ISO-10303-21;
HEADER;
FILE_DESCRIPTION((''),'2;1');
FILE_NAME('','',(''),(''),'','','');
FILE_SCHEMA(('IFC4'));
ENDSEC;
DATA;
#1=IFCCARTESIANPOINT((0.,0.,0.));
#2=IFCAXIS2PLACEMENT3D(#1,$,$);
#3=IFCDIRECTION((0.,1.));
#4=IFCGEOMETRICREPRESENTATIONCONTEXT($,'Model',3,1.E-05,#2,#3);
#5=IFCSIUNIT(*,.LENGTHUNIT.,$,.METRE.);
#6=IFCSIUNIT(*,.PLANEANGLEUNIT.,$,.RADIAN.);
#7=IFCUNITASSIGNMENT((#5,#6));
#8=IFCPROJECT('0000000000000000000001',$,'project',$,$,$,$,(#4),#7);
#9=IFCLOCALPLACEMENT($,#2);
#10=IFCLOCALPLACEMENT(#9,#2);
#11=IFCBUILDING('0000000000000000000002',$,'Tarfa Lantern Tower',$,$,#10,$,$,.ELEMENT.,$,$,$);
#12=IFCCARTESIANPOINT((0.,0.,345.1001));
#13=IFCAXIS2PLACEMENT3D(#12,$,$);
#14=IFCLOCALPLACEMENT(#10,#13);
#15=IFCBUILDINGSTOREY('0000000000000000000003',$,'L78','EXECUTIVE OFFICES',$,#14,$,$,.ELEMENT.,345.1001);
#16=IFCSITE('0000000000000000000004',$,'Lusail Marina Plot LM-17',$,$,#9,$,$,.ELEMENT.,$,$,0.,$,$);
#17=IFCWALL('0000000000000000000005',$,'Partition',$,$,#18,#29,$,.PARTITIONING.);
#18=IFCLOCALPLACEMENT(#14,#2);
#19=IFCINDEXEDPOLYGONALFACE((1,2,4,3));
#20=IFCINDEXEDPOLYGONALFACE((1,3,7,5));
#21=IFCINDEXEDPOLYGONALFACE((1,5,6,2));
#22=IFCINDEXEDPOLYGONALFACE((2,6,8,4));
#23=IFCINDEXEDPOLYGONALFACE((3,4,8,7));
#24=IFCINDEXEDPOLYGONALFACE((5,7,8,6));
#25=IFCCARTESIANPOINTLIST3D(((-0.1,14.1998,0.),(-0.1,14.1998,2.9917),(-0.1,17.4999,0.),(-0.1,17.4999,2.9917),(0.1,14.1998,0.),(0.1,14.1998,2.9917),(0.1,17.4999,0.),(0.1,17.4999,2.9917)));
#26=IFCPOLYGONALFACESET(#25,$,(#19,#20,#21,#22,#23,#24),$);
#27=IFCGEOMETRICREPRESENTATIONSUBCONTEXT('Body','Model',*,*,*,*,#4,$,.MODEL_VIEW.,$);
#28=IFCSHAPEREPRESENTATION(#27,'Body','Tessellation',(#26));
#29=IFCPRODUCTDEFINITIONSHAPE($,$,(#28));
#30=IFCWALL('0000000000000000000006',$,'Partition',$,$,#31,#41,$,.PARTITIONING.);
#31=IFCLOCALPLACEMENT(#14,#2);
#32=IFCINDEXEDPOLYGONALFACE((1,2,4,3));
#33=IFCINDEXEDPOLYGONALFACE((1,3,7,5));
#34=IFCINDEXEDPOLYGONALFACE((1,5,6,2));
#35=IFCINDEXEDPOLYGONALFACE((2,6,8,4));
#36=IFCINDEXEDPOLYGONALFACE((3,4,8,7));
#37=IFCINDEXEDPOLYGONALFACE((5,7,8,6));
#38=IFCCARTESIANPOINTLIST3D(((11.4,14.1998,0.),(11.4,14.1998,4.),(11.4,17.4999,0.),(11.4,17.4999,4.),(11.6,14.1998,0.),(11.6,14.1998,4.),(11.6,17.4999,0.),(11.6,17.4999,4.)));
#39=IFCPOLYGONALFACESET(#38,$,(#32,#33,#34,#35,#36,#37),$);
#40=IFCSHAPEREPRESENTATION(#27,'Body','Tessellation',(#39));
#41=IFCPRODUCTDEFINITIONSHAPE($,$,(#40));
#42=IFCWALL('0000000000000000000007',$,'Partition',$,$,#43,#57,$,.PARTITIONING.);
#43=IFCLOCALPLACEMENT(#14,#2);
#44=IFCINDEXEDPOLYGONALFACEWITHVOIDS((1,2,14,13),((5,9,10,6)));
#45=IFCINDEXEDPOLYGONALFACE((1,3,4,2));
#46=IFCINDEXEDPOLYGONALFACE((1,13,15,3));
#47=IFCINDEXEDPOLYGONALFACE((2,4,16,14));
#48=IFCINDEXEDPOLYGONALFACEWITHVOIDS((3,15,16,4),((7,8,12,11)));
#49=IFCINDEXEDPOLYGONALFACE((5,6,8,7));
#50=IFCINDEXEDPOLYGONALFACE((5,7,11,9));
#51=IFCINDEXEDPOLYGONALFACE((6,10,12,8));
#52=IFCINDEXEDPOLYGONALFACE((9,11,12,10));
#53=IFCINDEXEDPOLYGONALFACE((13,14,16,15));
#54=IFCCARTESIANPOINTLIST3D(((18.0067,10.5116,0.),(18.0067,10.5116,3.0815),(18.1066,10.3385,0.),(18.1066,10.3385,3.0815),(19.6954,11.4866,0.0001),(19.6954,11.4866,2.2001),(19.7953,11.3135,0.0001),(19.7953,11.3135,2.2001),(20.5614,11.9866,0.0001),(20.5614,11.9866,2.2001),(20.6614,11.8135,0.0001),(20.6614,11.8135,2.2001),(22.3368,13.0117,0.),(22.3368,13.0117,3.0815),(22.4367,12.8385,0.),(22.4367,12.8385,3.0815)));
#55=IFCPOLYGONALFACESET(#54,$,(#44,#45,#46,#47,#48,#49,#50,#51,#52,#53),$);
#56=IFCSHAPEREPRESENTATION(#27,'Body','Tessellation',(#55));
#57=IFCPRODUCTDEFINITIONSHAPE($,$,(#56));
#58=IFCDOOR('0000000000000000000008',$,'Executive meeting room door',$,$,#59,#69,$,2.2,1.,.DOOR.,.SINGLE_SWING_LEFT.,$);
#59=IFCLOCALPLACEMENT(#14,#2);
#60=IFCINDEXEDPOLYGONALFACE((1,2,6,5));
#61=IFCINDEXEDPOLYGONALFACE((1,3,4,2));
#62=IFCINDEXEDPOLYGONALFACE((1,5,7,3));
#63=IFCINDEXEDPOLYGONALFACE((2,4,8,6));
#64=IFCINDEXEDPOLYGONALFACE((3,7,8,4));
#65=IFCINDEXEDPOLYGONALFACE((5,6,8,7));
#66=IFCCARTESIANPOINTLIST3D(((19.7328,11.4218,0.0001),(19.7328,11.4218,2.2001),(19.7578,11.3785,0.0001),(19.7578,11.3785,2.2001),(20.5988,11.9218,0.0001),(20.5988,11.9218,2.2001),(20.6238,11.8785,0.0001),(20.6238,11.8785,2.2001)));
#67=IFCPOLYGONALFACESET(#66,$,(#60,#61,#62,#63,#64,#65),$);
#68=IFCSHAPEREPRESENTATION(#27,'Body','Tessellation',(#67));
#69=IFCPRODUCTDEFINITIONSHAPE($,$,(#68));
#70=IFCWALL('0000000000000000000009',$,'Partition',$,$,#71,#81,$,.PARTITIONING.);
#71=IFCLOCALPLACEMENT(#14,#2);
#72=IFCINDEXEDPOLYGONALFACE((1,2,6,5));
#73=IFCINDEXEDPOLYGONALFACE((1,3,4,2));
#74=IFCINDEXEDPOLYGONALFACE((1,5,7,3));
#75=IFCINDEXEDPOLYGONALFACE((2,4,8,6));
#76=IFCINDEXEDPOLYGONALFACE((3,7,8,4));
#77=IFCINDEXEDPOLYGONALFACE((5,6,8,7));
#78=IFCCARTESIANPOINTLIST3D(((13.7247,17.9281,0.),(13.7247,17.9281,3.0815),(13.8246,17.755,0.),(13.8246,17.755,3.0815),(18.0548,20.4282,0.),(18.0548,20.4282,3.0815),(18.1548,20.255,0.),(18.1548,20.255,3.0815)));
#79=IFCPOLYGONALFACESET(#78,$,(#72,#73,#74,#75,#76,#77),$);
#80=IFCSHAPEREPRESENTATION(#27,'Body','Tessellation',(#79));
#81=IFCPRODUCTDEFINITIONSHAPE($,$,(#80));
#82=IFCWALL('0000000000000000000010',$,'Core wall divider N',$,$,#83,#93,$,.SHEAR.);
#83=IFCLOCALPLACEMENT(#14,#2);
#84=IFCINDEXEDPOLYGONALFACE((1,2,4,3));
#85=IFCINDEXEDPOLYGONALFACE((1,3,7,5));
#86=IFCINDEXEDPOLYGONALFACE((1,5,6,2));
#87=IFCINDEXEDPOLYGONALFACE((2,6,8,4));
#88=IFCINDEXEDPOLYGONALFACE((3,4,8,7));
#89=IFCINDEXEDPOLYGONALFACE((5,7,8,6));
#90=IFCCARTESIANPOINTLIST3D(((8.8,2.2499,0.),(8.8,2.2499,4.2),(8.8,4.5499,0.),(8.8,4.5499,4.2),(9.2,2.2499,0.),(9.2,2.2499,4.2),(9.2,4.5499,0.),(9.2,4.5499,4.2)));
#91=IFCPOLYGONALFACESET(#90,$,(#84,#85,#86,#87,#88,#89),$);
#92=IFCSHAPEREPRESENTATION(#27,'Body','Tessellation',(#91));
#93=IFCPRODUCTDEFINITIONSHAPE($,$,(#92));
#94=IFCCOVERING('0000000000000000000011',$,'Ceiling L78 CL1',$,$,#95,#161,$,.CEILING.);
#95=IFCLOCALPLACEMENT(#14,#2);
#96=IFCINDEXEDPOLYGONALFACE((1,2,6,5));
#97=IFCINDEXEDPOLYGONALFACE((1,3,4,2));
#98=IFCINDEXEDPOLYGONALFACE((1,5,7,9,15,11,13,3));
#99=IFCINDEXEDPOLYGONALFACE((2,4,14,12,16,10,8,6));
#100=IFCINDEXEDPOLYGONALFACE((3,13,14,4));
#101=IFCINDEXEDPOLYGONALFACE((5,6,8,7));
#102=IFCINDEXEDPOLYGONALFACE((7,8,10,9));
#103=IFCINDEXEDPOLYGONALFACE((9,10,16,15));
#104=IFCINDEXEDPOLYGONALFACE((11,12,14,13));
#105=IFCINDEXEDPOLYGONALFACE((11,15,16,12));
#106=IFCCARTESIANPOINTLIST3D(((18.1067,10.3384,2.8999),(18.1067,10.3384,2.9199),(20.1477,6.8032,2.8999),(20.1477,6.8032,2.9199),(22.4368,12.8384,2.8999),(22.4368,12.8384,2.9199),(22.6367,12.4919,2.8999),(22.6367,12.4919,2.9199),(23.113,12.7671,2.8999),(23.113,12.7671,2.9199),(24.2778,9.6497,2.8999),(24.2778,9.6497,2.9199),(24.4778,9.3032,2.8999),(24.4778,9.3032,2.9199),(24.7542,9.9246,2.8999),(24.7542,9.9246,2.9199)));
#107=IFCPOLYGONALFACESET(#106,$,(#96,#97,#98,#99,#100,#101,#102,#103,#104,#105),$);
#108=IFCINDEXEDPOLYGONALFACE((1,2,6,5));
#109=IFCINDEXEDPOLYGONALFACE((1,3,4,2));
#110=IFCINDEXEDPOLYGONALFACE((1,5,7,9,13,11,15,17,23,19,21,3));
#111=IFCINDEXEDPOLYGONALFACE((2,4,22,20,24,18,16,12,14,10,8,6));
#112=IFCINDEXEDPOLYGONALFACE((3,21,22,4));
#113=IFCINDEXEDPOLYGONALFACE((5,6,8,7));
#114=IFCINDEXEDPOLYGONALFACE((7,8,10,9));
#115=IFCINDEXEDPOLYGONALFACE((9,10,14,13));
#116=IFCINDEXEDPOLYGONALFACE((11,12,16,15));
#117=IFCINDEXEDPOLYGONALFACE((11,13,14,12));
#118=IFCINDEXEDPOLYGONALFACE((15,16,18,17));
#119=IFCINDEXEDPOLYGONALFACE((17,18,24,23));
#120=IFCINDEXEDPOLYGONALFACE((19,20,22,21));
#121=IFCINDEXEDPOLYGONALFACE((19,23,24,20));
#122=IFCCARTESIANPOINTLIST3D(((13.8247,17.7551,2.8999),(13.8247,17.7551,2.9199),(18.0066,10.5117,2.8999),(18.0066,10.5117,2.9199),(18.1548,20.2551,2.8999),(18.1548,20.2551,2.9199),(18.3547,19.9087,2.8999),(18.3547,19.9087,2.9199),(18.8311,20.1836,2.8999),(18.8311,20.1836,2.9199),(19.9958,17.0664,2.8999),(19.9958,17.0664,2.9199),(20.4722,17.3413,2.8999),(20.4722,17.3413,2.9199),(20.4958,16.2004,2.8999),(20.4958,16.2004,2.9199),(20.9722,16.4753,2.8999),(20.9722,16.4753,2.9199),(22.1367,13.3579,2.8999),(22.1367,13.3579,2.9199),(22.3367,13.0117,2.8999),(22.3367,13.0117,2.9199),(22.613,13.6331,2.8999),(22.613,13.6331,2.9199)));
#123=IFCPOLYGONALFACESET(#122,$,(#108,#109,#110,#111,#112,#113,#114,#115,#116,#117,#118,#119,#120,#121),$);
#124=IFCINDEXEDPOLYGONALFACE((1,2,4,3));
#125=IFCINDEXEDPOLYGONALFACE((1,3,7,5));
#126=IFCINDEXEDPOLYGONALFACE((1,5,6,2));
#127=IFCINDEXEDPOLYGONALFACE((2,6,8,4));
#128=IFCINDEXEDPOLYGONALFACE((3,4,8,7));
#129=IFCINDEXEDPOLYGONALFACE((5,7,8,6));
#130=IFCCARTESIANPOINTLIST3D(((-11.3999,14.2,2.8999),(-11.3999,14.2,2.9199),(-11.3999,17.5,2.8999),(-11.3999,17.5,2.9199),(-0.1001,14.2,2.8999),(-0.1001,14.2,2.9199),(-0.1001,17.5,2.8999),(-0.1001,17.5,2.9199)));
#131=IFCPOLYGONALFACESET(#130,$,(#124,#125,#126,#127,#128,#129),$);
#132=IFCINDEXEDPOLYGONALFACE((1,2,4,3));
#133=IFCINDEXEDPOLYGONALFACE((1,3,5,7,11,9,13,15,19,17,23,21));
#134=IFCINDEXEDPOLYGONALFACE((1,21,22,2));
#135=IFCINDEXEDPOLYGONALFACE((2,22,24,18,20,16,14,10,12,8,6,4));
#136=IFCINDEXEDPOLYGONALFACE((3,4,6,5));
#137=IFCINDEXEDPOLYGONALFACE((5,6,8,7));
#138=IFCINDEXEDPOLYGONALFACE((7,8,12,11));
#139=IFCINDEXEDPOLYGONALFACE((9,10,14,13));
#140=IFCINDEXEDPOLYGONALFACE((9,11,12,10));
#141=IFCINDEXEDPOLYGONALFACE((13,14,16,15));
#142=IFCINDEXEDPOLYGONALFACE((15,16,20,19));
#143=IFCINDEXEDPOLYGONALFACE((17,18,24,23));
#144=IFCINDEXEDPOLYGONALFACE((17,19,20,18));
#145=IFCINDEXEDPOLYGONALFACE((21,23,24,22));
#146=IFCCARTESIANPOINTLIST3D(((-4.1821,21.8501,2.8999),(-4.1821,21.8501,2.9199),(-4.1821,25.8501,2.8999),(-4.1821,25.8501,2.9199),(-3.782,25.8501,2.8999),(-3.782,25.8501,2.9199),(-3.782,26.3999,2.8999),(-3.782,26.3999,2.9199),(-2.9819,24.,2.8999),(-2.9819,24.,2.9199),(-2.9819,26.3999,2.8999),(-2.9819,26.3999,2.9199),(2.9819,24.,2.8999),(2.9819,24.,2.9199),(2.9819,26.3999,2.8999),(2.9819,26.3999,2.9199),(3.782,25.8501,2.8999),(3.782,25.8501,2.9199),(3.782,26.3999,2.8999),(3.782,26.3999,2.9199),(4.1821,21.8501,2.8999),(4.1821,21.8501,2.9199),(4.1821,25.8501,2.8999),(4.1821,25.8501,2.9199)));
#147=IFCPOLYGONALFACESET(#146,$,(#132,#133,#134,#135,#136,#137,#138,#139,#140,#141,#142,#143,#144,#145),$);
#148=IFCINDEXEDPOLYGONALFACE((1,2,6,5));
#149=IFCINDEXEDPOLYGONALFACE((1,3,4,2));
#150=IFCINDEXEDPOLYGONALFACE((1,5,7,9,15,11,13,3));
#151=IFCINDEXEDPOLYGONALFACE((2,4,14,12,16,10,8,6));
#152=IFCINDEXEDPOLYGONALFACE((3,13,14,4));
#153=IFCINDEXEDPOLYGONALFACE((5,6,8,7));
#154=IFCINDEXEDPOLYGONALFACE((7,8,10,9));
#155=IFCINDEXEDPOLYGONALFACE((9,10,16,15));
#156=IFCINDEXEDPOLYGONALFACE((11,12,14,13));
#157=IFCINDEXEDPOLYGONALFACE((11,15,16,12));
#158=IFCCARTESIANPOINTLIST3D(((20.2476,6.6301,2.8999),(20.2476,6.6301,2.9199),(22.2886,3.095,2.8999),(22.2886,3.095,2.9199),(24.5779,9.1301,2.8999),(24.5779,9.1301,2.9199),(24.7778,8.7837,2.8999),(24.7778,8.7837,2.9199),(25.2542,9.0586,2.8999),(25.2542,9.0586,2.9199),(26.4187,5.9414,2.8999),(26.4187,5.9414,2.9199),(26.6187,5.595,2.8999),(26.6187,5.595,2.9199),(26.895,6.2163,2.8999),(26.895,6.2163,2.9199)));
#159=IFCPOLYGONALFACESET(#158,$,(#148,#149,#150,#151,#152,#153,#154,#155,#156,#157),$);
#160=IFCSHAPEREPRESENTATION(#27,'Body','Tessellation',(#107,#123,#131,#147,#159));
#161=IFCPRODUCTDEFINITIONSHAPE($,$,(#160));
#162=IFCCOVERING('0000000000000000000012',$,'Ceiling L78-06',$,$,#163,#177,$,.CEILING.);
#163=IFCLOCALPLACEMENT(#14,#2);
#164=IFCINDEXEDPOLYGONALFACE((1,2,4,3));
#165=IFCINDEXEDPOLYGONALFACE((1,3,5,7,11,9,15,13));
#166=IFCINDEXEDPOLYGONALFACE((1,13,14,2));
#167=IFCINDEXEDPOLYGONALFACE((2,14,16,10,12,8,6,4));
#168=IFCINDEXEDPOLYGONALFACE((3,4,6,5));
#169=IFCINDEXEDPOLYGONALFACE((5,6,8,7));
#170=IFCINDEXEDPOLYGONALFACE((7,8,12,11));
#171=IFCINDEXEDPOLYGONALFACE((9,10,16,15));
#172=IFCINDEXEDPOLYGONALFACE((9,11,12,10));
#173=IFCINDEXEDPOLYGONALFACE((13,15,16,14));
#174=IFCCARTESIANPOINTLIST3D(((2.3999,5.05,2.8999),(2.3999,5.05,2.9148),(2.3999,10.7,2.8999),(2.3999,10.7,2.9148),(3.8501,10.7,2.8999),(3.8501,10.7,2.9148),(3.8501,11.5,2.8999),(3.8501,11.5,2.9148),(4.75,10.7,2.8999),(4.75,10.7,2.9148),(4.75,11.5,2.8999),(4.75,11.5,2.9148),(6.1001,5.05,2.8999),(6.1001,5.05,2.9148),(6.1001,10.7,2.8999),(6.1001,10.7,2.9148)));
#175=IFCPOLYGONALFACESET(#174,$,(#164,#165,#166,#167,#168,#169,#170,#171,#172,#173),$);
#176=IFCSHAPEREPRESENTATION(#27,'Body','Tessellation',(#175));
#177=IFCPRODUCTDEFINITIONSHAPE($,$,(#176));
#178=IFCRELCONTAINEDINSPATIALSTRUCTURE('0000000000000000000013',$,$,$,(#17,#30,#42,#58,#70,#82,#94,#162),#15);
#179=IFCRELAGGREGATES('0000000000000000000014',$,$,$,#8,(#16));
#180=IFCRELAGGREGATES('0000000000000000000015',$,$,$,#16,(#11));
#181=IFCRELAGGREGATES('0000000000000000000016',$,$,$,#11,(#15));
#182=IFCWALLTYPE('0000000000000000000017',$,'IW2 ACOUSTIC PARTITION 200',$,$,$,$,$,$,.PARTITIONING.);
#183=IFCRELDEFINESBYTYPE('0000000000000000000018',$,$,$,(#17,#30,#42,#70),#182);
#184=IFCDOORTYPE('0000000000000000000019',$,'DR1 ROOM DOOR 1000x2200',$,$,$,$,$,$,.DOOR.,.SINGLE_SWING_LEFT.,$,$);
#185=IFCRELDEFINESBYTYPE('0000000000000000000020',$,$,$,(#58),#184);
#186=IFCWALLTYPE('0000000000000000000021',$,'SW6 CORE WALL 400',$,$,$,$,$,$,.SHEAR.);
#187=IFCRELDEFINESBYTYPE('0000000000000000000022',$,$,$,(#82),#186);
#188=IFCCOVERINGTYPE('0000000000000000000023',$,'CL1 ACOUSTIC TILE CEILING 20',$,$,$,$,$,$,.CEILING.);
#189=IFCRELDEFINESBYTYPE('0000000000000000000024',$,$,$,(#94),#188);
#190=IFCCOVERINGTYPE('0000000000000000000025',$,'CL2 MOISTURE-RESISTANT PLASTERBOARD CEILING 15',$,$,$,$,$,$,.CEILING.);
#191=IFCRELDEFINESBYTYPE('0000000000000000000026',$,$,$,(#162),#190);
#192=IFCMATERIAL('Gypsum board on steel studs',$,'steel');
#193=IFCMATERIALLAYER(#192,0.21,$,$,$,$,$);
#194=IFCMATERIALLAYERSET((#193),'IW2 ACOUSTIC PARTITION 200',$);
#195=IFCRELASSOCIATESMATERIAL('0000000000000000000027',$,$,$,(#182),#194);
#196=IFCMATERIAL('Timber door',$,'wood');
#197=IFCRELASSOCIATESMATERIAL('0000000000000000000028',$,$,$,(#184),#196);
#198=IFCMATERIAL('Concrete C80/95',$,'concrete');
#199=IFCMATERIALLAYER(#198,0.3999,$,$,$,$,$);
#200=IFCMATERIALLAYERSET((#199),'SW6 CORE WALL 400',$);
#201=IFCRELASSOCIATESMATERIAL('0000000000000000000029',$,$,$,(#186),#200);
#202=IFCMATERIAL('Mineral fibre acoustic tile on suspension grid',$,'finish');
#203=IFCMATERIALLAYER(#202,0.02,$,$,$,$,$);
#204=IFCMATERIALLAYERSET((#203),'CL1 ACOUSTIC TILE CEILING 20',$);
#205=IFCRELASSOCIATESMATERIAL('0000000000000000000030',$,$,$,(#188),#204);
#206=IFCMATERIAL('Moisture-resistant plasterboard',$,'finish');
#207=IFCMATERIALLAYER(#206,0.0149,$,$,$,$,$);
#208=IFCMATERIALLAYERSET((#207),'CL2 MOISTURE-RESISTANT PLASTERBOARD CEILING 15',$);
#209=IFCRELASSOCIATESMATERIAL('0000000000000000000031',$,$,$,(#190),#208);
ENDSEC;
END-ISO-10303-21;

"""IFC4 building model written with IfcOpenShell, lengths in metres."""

from ifc_helpers import new_model, si_unit, direction, frame, frame_2d, origin, place, context, subcontext, project, spatial, polyline, rectangle, outline, extrude, material, layer, layer_set, type_object, element, fill, save


model = new_model("IFC4")

# Units and contexts
model_context = context("Model", 3, precision=1e-05, world=origin(), true_north=direction((0.0, 1.0)))
body_context = subcontext(model_context, "Body", "Model", "MODEL_VIEW")
ifc_project = project(units=[si_unit("LENGTHUNIT", "METRE"), si_unit("PLANEANGLEUNIT", "RADIAN")], contexts=[model_context])

# Site, building, storey
site_placement = place(None, origin())
site = spatial("IfcSite", under=ifc_project, at=site_placement, Name="Lusail Marina Plot LM-17", CompositionType="ELEMENT", RefElevation=0.0)
building_placement = place(site_placement, origin())
building = spatial("IfcBuilding", under=site, at=building_placement, Name="Tarfa Lantern Tower", CompositionType="ELEMENT")
storey_placement = place(building_placement, frame((0.0, 0.0, 345.1001)))
storey = spatial("IfcBuildingStorey", under=building, at=storey_placement, Name="L78", Description="EXECUTIVE OFFICES", CompositionType="ELEMENT", Elevation=345.1001)

# Shared definitions
ifc_material_1 = material(Name="Concrete C80/95", Category="concrete")

# Walls
ifc_material_2 = material(Name="Gypsum board on steel studs", Category="steel")
ifc_layer_1 = layer(ifc_material_2, 0.21)
ifc_layer_set_1 = layer_set([ifc_layer_1], Name="IW2 ACOUSTIC PARTITION 200")
wall_type_1 = type_object("IfcWallType", Name="IW2 ACOUSTIC PARTITION 200", PredefinedType="PARTITIONING", material=ifc_layer_set_1)
wall_1_placement = place(storey_placement, frame((0.0, 14.2, 0.0), z_axis=(0.0, 0.0, 1.0), x_axis=(0.0, 1.0, 0.0)))
element("IfcWall", 1, at=wall_1_placement, inside=storey, type_object=wall_type_1, Name="Partition", PredefinedType="PARTITIONING", context=body_context, shape_type="SweptSolid", body=[
    extrude(rectangle(XDim=3.3, YDim=0.2, at=frame_2d((1.6499, 0.0))), origin(), (0.0, 0.0, 1.0), 2.9917),
])
wall_2_placement = place(storey_placement, frame((11.5, 14.2, 0.0), z_axis=(0.0, 0.0, 1.0), x_axis=(0.0, 1.0, 0.0)))
element("IfcWall", 2, at=wall_2_placement, inside=storey, type_object=wall_type_1, Name="Partition", PredefinedType="PARTITIONING", context=body_context, shape_type="SweptSolid", body=[
    extrude(rectangle(XDim=3.3, YDim=0.2, at=frame_2d((1.6499, 0.0))), origin(), (0.0, 0.0, 1.0), 4.0),
])

# Wall, opening, door
wall_3_placement = place(storey_placement, frame((18.0566, 10.425, 0.0), z_axis=(0.0, 0.0, 1.0), x_axis=(0.866023, 0.500004, 0.0)))
wall_3 = element("IfcWall", 3, at=wall_3_placement, inside=storey, type_object=wall_type_1, Name="Partition", PredefinedType="PARTITIONING", context=body_context, shape_type="SweptSolid", body=[
    extrude(rectangle(XDim=5.0, YDim=0.2, at=frame_2d((2.5, 0.0))), origin(), (0.0, 0.0, 1.0), 3.0815),
])
opening_placement = place(wall_3_placement, frame((1.95, 0.0, 0.0)))
opening = element("IfcOpeningElement", 4, at=opening_placement, cuts=wall_3, PredefinedType="OPENING", context=body_context, shape_type="SweptSolid", body=[
    extrude(rectangle(XDim=1.0, YDim=2.2, at=frame_2d((0.5, 1.1001))), frame((0.0, 0.1099, 0.0), z_axis=(0.0, -1.0, 0.0), x_axis=(1.0, 0.0, 0.0)), (0.0, 0.0, 1.0), 0.22),
])
ifc_material_3 = material(Name="Timber door", Category="wood")
door_type = type_object("IfcDoorType", Name="DR1 ROOM DOOR 1000x2200", OperationType="SINGLE_SWING_LEFT", PredefinedType="DOOR", material=ifc_material_3)
door_placement = place(opening_placement, frame((1.0, 0.0, 0.0), z_axis=(0.0, 0.0, 1.0), x_axis=(-1.0, 0.0, 0.0)))
door = element("IfcDoor", 5, at=door_placement, inside=storey, type_object=door_type, Name="Executive meeting room door", OperationType="SINGLE_SWING_LEFT", OverallHeight=2.2, OverallWidth=1.0, PredefinedType="DOOR", context=body_context, shape_type="SweptSolid", body=[
    extrude(rectangle(XDim=1.0, YDim=2.2, at=frame_2d((0.5, 1.1001))), frame((0.0, 0.0249, 0.0), z_axis=(0.0, -1.0, 0.0), x_axis=(1.0, 0.0, 0.0)), (0.0, 0.0, 1.0), 0.05),
])
fill(opening, door)

# Walls
wall_4_placement = place(storey_placement, frame((13.7747, 17.8416, 0.0), z_axis=(0.0, 0.0, 1.0), x_axis=(0.866023, 0.500004, 0.0)))
element("IfcWall", 6, at=wall_4_placement, inside=storey, type_object=wall_type_1, Name="Partition", PredefinedType="PARTITIONING", context=body_context, shape_type="SweptSolid", body=[
    extrude(rectangle(XDim=5.0, YDim=0.2, at=frame_2d((2.5, 0.0))), origin(), (0.0, 0.0, 1.0), 3.0815),
])
ifc_layer_2 = layer(ifc_material_1, 0.3999)
ifc_layer_set_2 = layer_set([ifc_layer_2], Name="SW6 CORE WALL 400")
wall_type_2 = type_object("IfcWallType", Name="SW6 CORE WALL 400", PredefinedType="SHEAR", material=ifc_layer_set_2)
wall_5_placement = place(storey_placement, frame((9.0, 2.25, 0.0), z_axis=(0.0, 0.0, 1.0), x_axis=(0.0, 1.0, 0.0)))
element("IfcWall", 7, at=wall_5_placement, inside=storey, type_object=wall_type_2, Name="Core wall divider N", PredefinedType="SHEAR", context=body_context, shape_type="SweptSolid", body=[
    extrude(rectangle(XDim=2.3, YDim=0.3999, at=frame_2d((1.1499, 0.0))), origin(), (0.0, 0.0, 1.0), 4.2),
])

# Coverings
ifc_material_4 = material(Name="Mineral fibre acoustic tile on suspension grid", Category="finish")
ifc_layer_3 = layer(ifc_material_4, 0.02)
ifc_layer_set_3 = layer_set([ifc_layer_3], Name="CL1 ACOUSTIC TILE CEILING 20")
covering_type_1 = type_object("IfcCoveringType", Name="CL1 ACOUSTIC TILE CEILING 20", PredefinedType="CEILING", material=ifc_layer_set_3)
covering_1_placement = place(storey_placement, frame((0.0, 0.0, 2.8999)))
element("IfcCovering", 8, at=covering_1_placement, inside=storey, type_object=covering_type_1, Name="Ceiling L78 CL1", PredefinedType="CEILING", context=body_context, shape_type="SweptSolid", body=[
    extrude(outline(polyline([(18.1067, 10.3384), (22.4368, 12.8384), (22.6367, 12.4919), (23.113, 12.7671), (24.7542, 9.9246), (24.2778, 9.6497), (24.4778, 9.3032), (20.1477, 6.8032), (18.1067, 10.3384)])), origin(), (0.0, 0.0, 1.0), 0.02),
    extrude(outline(polyline([(13.8247, 17.7551), (18.1548, 20.2551), (18.3547, 19.9087), (18.8311, 20.1836), (20.4722, 17.3413), (19.9958, 17.0664), (20.4958, 16.2004), (20.9722, 16.4753), (22.613, 13.6331), (22.1367, 13.3579), (22.3367, 13.0117), (18.0066, 10.5117), (13.8247, 17.7551)])), origin(), (0.0, 0.0, 1.0), 0.02),
    extrude(outline(polyline([(-11.3999, 17.5), (-0.1001, 17.5), (-0.1001, 14.2), (-11.3999, 14.2), (-11.3999, 17.5)])), origin(), (0.0, 0.0, 1.0), 0.02),
    extrude(outline(polyline([(4.1821, 21.8501), (-4.1821, 21.8501), (-4.1821, 25.8501), (-3.782, 25.8501), (-3.782, 26.3999), (-2.9819, 26.3999), (-2.9819, 24.0), (2.9819, 24.0), (2.9819, 26.3999), (3.782, 26.3999), (3.782, 25.8501), (4.1821, 25.8501), (4.1821, 21.8501)])), origin(), (0.0, 0.0, 1.0), 0.02),
    extrude(outline(polyline([(20.2476, 6.6301), (24.5779, 9.1301), (24.7778, 8.7837), (25.2542, 9.0586), (26.895, 6.2163), (26.4187, 5.9414), (26.6187, 5.595), (22.2886, 3.095), (20.2476, 6.6301)])), origin(), (0.0, 0.0, 1.0), 0.02),
])
ifc_material_5 = material(Name="Moisture-resistant plasterboard", Category="finish")
ifc_layer_4 = layer(ifc_material_5, 0.0149)
ifc_layer_set_4 = layer_set([ifc_layer_4], Name="CL2 MOISTURE-RESISTANT PLASTERBOARD CEILING 15")
covering_type_2 = type_object("IfcCoveringType", Name="CL2 MOISTURE-RESISTANT PLASTERBOARD CEILING 15", PredefinedType="CEILING", material=ifc_layer_set_4)
covering_2_placement = place(storey_placement, frame((0.0, 0.0, 2.8999)))
element("IfcCovering", 9, at=covering_2_placement, inside=storey, type_object=covering_type_2, Name="Ceiling L78-06", PredefinedType="CEILING", context=body_context, shape_type="SweptSolid", body=[
    extrude(outline(polyline([(2.3999, 5.05), (6.1001, 5.05), (6.1001, 10.7), (4.75, 10.7), (4.75, 11.5), (3.8501, 11.5), (3.8501, 10.7), (2.3999, 10.7), (2.3999, 5.05)])), origin(), (0.0, 0.0, 1.0), 0.0149),
])

save(model, "model.ifc")
